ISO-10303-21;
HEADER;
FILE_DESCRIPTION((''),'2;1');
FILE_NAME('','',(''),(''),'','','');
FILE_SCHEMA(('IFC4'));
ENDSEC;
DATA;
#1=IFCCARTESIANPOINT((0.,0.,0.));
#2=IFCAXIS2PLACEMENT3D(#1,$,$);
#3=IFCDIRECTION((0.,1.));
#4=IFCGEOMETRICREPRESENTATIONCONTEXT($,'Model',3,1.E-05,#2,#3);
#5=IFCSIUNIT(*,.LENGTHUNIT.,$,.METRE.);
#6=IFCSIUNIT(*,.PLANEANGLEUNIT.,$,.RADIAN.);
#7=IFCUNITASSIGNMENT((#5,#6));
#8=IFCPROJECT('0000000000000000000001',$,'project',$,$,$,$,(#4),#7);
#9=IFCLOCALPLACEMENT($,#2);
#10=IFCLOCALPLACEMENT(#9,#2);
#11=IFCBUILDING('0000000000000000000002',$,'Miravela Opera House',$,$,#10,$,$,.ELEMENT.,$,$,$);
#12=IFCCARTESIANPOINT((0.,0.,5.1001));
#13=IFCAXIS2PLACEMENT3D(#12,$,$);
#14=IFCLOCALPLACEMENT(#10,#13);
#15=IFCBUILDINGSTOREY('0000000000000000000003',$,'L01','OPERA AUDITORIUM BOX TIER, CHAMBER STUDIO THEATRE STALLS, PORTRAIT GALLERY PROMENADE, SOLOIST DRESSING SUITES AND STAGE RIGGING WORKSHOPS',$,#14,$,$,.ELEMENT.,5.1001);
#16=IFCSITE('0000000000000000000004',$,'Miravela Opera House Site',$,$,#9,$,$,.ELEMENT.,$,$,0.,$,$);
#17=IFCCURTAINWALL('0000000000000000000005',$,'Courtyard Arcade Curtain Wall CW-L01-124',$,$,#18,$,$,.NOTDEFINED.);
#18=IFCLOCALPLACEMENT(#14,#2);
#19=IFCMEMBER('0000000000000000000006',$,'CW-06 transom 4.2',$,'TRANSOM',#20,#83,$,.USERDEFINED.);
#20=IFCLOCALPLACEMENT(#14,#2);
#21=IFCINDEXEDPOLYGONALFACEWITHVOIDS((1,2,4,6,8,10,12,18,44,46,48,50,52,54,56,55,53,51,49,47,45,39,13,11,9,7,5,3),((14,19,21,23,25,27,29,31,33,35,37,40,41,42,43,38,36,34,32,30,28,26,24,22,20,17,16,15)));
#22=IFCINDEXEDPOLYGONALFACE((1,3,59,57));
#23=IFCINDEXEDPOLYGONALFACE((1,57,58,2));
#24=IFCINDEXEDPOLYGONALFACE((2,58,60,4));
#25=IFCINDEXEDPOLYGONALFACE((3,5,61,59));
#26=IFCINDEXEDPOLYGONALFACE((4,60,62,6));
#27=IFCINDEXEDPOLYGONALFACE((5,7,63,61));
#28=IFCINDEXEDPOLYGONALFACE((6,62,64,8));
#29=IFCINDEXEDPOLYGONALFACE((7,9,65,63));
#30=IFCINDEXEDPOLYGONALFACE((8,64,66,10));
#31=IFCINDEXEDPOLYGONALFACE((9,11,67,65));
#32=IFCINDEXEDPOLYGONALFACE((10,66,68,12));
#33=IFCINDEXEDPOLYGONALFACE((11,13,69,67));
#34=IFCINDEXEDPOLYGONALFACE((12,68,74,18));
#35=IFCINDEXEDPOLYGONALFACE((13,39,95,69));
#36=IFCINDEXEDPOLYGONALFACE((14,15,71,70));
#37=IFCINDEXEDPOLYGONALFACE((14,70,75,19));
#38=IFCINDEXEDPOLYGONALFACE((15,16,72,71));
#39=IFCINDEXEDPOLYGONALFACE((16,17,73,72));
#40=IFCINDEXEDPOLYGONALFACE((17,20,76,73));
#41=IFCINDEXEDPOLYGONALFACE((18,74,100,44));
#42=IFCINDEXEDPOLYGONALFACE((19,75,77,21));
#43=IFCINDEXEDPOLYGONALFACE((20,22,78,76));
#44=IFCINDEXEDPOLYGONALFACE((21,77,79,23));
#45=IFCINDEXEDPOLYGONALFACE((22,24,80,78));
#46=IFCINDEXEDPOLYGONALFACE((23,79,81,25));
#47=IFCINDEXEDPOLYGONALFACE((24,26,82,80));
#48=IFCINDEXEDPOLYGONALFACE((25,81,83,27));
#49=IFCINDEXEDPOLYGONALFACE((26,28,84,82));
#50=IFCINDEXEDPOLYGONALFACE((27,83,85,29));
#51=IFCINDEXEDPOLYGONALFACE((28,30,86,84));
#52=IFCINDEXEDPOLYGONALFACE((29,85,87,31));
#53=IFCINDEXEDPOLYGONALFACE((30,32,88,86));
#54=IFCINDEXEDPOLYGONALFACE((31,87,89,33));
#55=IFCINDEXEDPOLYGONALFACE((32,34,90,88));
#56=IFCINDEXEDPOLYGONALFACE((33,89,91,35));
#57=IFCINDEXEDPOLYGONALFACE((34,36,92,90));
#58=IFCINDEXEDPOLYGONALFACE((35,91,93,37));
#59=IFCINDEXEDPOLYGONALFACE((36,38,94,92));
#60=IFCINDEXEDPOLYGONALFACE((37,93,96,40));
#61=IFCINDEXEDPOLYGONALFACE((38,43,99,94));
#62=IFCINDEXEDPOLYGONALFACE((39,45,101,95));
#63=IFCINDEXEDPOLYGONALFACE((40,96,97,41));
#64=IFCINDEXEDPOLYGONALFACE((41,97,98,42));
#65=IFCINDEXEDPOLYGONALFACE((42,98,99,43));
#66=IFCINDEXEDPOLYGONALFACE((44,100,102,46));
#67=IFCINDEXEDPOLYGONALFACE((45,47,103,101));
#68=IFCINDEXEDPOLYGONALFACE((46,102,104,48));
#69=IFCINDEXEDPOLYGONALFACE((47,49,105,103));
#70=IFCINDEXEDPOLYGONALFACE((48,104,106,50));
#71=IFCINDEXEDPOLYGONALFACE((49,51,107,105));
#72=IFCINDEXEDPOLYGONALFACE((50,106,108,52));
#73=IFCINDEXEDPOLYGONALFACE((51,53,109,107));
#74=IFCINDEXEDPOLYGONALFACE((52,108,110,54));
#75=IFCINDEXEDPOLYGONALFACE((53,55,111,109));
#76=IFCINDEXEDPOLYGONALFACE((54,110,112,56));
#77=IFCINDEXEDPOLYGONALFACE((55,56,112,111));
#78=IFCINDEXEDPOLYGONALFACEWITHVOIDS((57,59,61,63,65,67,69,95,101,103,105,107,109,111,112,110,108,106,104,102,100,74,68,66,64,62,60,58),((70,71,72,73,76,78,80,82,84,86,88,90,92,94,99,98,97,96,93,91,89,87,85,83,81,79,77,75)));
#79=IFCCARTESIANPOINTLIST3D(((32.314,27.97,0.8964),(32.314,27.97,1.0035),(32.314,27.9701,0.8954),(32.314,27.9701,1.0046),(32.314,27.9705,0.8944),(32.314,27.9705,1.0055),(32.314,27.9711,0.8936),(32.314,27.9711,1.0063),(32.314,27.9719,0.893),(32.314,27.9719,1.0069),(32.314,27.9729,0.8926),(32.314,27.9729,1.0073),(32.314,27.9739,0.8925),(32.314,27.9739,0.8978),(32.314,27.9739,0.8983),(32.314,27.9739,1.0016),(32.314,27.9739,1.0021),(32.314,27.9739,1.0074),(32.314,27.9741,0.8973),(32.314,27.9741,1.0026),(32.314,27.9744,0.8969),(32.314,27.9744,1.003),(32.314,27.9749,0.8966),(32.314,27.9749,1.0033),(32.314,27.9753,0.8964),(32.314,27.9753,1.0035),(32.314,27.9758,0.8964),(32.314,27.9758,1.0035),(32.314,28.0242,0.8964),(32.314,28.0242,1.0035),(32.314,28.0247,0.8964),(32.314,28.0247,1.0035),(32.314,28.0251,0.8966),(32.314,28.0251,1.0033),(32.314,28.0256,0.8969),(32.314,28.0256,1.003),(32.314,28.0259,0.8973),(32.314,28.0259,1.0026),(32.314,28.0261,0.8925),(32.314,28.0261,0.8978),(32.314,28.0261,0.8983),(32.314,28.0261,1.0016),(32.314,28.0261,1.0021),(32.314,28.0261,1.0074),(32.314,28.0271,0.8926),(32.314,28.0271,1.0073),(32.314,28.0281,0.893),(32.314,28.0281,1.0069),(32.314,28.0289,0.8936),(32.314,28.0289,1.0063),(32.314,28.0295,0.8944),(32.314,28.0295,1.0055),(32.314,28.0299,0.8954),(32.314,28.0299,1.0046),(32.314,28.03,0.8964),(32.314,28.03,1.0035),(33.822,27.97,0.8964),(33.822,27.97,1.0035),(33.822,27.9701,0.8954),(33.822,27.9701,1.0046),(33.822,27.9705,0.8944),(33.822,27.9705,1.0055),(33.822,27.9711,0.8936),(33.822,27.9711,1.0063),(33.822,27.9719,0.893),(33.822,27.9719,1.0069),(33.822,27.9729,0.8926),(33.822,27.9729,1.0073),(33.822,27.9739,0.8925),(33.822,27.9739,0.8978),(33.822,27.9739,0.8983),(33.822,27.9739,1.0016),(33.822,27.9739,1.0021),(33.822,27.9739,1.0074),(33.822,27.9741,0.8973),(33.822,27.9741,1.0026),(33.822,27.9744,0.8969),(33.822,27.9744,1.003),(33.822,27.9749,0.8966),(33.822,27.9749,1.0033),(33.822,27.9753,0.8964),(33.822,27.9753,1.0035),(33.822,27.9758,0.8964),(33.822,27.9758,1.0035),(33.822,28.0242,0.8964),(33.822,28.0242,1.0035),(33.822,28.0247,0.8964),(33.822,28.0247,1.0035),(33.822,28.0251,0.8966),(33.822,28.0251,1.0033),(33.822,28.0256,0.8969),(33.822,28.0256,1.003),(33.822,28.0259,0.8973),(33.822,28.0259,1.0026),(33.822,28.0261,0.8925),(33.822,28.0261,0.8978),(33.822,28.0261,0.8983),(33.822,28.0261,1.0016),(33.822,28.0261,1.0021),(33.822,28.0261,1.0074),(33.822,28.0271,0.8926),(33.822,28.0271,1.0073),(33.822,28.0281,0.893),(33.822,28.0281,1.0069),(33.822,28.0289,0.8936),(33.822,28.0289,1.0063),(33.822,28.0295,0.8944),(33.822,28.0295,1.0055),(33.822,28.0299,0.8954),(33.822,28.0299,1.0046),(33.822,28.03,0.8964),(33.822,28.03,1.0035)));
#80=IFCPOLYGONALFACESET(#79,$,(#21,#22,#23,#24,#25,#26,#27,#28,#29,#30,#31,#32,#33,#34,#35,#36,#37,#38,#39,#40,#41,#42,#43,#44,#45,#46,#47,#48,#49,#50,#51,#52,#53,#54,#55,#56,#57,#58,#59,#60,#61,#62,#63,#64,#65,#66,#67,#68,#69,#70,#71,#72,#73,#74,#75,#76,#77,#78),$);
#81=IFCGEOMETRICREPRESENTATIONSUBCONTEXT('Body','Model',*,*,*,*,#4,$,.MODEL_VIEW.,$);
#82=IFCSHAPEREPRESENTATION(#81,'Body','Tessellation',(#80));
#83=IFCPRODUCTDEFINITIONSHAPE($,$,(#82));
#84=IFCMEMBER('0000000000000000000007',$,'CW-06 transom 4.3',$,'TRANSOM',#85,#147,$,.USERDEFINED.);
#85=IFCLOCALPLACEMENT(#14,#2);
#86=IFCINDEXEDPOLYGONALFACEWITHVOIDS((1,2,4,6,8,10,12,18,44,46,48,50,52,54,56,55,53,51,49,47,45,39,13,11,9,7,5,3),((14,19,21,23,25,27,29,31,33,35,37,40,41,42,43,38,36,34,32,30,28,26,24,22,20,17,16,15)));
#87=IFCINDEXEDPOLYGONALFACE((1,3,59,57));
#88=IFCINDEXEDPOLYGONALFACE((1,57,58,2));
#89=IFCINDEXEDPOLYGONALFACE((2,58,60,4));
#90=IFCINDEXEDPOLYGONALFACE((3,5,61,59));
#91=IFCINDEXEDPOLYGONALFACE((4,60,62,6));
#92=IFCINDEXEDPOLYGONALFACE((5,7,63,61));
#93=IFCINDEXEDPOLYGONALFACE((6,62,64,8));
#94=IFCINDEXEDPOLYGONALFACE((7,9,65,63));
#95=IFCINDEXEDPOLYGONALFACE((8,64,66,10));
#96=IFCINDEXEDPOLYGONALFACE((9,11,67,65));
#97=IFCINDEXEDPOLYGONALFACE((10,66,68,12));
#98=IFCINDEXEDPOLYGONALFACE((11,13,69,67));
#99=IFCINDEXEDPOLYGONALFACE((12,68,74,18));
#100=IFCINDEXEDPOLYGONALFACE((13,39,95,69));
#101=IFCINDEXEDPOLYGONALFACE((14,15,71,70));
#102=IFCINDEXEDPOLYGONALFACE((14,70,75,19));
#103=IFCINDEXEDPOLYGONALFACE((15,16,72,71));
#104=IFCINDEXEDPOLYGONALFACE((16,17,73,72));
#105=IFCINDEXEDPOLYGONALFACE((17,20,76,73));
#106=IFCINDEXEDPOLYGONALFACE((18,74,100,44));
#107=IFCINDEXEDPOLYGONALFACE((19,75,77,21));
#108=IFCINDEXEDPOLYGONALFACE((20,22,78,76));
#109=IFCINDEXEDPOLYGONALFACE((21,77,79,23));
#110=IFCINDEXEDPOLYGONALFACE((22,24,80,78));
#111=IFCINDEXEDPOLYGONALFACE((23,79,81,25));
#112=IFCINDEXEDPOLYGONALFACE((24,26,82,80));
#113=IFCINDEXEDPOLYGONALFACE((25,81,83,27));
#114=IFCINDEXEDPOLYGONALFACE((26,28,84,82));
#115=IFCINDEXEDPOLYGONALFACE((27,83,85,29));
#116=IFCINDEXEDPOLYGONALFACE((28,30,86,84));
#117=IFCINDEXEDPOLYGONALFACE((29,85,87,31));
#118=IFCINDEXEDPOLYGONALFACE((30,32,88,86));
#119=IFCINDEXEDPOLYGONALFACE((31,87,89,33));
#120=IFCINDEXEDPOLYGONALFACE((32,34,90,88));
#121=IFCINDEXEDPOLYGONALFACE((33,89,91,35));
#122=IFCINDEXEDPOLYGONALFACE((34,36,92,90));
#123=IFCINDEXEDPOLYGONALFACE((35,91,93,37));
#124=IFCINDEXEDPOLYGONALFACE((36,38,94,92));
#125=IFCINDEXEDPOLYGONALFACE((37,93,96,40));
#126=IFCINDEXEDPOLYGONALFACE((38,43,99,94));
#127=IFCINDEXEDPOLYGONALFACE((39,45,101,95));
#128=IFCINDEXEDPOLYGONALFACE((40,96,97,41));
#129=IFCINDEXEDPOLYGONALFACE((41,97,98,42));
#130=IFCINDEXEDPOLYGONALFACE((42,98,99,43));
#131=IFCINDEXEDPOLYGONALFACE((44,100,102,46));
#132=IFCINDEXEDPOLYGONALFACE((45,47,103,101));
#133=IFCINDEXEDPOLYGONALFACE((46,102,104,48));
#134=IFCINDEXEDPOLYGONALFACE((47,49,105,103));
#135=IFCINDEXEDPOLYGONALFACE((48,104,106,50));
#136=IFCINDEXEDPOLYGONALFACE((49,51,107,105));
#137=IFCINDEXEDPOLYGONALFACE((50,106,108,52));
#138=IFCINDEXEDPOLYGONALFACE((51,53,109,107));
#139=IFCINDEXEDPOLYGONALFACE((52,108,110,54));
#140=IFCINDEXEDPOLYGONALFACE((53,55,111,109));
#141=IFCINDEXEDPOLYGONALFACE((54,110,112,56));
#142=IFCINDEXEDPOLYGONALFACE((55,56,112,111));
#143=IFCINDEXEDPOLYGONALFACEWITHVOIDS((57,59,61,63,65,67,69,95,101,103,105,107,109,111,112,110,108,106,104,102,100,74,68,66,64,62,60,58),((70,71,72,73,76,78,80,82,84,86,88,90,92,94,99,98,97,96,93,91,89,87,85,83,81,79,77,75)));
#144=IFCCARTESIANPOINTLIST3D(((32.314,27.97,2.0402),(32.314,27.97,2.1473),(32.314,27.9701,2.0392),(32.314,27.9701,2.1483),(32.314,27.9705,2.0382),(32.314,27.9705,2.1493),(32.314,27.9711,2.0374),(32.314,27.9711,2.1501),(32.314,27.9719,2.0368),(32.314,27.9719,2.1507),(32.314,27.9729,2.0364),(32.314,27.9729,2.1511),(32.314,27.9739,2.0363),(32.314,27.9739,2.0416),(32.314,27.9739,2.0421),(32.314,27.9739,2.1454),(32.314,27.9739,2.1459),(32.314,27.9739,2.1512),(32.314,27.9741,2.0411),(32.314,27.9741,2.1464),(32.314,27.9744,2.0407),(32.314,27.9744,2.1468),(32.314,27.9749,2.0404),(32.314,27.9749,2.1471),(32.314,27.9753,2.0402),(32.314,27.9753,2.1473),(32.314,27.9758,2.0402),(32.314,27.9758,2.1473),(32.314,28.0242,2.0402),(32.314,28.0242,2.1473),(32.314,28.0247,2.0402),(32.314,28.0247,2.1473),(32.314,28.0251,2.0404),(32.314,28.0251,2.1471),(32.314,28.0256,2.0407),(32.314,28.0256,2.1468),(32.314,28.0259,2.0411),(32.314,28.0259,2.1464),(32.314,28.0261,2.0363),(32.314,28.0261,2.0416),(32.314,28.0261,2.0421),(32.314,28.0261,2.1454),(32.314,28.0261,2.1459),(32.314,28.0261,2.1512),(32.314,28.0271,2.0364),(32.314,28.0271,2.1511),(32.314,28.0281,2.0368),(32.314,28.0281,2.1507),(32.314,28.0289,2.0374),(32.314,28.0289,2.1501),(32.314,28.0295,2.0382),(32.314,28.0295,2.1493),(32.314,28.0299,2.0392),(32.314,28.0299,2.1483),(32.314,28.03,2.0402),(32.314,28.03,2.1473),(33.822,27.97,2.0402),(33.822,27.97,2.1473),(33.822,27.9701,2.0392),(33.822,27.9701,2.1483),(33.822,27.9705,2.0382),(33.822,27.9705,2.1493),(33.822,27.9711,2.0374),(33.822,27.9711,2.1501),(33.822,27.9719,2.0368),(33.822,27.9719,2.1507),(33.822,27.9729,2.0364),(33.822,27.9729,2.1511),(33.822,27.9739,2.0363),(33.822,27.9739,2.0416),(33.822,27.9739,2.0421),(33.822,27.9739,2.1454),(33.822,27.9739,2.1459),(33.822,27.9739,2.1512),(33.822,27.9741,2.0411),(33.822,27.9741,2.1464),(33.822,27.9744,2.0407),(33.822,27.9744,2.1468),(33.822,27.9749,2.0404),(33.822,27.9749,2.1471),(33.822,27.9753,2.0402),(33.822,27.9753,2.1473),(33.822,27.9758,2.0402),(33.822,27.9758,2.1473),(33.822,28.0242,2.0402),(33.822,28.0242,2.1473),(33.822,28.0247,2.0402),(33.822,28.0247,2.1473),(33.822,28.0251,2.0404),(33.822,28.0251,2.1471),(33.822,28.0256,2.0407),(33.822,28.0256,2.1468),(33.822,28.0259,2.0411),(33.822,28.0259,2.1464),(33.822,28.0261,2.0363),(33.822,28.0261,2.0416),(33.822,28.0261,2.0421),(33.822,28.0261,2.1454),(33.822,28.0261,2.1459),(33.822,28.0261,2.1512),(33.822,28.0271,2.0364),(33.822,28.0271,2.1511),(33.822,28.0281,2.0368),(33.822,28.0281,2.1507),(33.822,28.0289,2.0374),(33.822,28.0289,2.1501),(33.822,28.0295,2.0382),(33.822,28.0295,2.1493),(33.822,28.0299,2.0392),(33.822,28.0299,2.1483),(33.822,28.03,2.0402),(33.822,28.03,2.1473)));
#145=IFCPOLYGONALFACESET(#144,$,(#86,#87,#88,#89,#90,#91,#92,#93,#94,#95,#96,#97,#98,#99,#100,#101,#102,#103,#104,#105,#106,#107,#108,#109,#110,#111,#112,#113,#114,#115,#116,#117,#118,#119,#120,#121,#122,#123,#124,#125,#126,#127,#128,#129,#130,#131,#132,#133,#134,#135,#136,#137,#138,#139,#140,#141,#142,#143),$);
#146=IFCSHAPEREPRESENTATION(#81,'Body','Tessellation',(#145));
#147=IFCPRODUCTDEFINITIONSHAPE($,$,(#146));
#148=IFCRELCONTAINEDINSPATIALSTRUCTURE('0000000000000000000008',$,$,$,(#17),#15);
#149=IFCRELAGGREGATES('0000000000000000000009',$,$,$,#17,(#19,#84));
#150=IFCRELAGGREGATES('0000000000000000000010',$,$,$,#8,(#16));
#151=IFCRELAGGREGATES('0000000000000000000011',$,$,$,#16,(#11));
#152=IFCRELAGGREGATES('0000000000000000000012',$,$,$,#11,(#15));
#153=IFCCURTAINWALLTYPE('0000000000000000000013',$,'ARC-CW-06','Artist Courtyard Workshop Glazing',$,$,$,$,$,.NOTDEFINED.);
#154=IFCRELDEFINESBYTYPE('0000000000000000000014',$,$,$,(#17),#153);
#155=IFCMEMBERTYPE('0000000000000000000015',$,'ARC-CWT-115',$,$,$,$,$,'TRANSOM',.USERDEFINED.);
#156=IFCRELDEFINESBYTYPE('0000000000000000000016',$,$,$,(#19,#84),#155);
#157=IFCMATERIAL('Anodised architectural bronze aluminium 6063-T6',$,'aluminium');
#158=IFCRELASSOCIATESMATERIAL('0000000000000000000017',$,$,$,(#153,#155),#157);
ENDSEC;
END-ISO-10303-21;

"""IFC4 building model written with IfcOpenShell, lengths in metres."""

from ifc_helpers import new_model, si_unit, direction, frame, origin, origin_2d, place, context, subcontext, project, spatial, hollow_rectangle, extrude, material, material_profile, profile_set, type_object, element, aggregate, save


model = new_model("IFC4")

# Units and contexts
model_context = context("Model", 3, precision=1e-05, world=origin(), true_north=direction((0.0, 1.0)))
body_context = subcontext(model_context, "Body", "Model", "MODEL_VIEW")
ifc_project = project(units=[si_unit("LENGTHUNIT", "METRE"), si_unit("PLANEANGLEUNIT", "RADIAN")], contexts=[model_context])

# Site, building, storey
site_placement = place(None, origin())
site = spatial("IfcSite", under=ifc_project, at=site_placement, Name="Miravela Opera House Site", CompositionType="ELEMENT", RefElevation=0.0)
building_placement = place(site_placement, origin())
building = spatial("IfcBuilding", under=site, at=building_placement, Name="Miravela Opera House", CompositionType="ELEMENT")
storey_placement = place(building_placement, frame((0.0, 0.0, 5.1001)))
storey = spatial("IfcBuildingStorey", under=building, at=storey_placement, Name="L01", Description="OPERA AUDITORIUM BOX TIER, CHAMBER STUDIO THEATRE STALLS, PORTRAIT GALLERY PROMENADE, SOLOIST DRESSING SUITES AND STAGE RIGGING WORKSHOPS", CompositionType="ELEMENT", Elevation=5.1001)

# Curtain wall, members
ifc_material_1 = material(Name="Anodised architectural bronze aluminium 6063-T6", Category="aluminium")
curtain_wall_type = type_object("IfcCurtainWallType", Name="ARC-CW-06", Description="Artist Courtyard Workshop Glazing", PredefinedType="NOTDEFINED", material=ifc_material_1)
curtain_wall_placement = place(storey_placement, origin())
curtain_wall = element("IfcCurtainWall", 1, at=curtain_wall_placement, inside=storey, type_object=curtain_wall_type, Name="Courtyard Arcade Curtain Wall CW-L01-124", PredefinedType="NOTDEFINED")
ifc_material_profile_1 = material_profile(ifc_material_1, hollow_rectangle(XDim=0.0601, YDim=0.115, WallThickness=0.0039, InnerFilletRadius=0.002, OuterFilletRadius=0.0039, at=origin_2d()), Name="CWT-60X115")
ifc_profile_set_1 = profile_set([ifc_material_profile_1])
member_type_1 = type_object("IfcMemberType", Name="ARC-CWT-115", ElementType="TRANSOM", PredefinedType="USERDEFINED", material=ifc_profile_set_1)
member_1_placement = place(storey_placement, frame((32.314, 28.0, 0.95), z_axis=(1.0, 0.0, 0.0), x_axis=(0.0, 1.0, 0.0)))
member_1 = element("IfcMember", 2, at=member_1_placement, type_object=member_type_1, Name="CW-06 transom 4.2", ObjectType="TRANSOM", PredefinedType="USERDEFINED", context=body_context, shape_type="SweptSolid", body=[
    extrude(hollow_rectangle(XDim=0.0601, YDim=0.115, WallThickness=0.0039, InnerFilletRadius=0.002, OuterFilletRadius=0.0039, at=origin_2d()), origin(), (0.0, 0.0, 1.0), 1.5081),
])
member_2_placement = place(storey_placement, frame((32.314, 28.0, 2.0938), z_axis=(1.0, 0.0, 0.0), x_axis=(0.0, 1.0, 0.0)))
member_2 = element("IfcMember", 3, at=member_2_placement, type_object=member_type_1, Name="CW-06 transom 4.3", ObjectType="TRANSOM", PredefinedType="USERDEFINED", context=body_context, shape_type="SweptSolid", body=[
    extrude(hollow_rectangle(XDim=0.0601, YDim=0.115, WallThickness=0.0039, InnerFilletRadius=0.002, OuterFilletRadius=0.0039, at=origin_2d()), origin(), (0.0, 0.0, 1.0), 1.5081),
])
aggregate(curtain_wall, [member_1, member_2])

save(model, "model.ifc")
